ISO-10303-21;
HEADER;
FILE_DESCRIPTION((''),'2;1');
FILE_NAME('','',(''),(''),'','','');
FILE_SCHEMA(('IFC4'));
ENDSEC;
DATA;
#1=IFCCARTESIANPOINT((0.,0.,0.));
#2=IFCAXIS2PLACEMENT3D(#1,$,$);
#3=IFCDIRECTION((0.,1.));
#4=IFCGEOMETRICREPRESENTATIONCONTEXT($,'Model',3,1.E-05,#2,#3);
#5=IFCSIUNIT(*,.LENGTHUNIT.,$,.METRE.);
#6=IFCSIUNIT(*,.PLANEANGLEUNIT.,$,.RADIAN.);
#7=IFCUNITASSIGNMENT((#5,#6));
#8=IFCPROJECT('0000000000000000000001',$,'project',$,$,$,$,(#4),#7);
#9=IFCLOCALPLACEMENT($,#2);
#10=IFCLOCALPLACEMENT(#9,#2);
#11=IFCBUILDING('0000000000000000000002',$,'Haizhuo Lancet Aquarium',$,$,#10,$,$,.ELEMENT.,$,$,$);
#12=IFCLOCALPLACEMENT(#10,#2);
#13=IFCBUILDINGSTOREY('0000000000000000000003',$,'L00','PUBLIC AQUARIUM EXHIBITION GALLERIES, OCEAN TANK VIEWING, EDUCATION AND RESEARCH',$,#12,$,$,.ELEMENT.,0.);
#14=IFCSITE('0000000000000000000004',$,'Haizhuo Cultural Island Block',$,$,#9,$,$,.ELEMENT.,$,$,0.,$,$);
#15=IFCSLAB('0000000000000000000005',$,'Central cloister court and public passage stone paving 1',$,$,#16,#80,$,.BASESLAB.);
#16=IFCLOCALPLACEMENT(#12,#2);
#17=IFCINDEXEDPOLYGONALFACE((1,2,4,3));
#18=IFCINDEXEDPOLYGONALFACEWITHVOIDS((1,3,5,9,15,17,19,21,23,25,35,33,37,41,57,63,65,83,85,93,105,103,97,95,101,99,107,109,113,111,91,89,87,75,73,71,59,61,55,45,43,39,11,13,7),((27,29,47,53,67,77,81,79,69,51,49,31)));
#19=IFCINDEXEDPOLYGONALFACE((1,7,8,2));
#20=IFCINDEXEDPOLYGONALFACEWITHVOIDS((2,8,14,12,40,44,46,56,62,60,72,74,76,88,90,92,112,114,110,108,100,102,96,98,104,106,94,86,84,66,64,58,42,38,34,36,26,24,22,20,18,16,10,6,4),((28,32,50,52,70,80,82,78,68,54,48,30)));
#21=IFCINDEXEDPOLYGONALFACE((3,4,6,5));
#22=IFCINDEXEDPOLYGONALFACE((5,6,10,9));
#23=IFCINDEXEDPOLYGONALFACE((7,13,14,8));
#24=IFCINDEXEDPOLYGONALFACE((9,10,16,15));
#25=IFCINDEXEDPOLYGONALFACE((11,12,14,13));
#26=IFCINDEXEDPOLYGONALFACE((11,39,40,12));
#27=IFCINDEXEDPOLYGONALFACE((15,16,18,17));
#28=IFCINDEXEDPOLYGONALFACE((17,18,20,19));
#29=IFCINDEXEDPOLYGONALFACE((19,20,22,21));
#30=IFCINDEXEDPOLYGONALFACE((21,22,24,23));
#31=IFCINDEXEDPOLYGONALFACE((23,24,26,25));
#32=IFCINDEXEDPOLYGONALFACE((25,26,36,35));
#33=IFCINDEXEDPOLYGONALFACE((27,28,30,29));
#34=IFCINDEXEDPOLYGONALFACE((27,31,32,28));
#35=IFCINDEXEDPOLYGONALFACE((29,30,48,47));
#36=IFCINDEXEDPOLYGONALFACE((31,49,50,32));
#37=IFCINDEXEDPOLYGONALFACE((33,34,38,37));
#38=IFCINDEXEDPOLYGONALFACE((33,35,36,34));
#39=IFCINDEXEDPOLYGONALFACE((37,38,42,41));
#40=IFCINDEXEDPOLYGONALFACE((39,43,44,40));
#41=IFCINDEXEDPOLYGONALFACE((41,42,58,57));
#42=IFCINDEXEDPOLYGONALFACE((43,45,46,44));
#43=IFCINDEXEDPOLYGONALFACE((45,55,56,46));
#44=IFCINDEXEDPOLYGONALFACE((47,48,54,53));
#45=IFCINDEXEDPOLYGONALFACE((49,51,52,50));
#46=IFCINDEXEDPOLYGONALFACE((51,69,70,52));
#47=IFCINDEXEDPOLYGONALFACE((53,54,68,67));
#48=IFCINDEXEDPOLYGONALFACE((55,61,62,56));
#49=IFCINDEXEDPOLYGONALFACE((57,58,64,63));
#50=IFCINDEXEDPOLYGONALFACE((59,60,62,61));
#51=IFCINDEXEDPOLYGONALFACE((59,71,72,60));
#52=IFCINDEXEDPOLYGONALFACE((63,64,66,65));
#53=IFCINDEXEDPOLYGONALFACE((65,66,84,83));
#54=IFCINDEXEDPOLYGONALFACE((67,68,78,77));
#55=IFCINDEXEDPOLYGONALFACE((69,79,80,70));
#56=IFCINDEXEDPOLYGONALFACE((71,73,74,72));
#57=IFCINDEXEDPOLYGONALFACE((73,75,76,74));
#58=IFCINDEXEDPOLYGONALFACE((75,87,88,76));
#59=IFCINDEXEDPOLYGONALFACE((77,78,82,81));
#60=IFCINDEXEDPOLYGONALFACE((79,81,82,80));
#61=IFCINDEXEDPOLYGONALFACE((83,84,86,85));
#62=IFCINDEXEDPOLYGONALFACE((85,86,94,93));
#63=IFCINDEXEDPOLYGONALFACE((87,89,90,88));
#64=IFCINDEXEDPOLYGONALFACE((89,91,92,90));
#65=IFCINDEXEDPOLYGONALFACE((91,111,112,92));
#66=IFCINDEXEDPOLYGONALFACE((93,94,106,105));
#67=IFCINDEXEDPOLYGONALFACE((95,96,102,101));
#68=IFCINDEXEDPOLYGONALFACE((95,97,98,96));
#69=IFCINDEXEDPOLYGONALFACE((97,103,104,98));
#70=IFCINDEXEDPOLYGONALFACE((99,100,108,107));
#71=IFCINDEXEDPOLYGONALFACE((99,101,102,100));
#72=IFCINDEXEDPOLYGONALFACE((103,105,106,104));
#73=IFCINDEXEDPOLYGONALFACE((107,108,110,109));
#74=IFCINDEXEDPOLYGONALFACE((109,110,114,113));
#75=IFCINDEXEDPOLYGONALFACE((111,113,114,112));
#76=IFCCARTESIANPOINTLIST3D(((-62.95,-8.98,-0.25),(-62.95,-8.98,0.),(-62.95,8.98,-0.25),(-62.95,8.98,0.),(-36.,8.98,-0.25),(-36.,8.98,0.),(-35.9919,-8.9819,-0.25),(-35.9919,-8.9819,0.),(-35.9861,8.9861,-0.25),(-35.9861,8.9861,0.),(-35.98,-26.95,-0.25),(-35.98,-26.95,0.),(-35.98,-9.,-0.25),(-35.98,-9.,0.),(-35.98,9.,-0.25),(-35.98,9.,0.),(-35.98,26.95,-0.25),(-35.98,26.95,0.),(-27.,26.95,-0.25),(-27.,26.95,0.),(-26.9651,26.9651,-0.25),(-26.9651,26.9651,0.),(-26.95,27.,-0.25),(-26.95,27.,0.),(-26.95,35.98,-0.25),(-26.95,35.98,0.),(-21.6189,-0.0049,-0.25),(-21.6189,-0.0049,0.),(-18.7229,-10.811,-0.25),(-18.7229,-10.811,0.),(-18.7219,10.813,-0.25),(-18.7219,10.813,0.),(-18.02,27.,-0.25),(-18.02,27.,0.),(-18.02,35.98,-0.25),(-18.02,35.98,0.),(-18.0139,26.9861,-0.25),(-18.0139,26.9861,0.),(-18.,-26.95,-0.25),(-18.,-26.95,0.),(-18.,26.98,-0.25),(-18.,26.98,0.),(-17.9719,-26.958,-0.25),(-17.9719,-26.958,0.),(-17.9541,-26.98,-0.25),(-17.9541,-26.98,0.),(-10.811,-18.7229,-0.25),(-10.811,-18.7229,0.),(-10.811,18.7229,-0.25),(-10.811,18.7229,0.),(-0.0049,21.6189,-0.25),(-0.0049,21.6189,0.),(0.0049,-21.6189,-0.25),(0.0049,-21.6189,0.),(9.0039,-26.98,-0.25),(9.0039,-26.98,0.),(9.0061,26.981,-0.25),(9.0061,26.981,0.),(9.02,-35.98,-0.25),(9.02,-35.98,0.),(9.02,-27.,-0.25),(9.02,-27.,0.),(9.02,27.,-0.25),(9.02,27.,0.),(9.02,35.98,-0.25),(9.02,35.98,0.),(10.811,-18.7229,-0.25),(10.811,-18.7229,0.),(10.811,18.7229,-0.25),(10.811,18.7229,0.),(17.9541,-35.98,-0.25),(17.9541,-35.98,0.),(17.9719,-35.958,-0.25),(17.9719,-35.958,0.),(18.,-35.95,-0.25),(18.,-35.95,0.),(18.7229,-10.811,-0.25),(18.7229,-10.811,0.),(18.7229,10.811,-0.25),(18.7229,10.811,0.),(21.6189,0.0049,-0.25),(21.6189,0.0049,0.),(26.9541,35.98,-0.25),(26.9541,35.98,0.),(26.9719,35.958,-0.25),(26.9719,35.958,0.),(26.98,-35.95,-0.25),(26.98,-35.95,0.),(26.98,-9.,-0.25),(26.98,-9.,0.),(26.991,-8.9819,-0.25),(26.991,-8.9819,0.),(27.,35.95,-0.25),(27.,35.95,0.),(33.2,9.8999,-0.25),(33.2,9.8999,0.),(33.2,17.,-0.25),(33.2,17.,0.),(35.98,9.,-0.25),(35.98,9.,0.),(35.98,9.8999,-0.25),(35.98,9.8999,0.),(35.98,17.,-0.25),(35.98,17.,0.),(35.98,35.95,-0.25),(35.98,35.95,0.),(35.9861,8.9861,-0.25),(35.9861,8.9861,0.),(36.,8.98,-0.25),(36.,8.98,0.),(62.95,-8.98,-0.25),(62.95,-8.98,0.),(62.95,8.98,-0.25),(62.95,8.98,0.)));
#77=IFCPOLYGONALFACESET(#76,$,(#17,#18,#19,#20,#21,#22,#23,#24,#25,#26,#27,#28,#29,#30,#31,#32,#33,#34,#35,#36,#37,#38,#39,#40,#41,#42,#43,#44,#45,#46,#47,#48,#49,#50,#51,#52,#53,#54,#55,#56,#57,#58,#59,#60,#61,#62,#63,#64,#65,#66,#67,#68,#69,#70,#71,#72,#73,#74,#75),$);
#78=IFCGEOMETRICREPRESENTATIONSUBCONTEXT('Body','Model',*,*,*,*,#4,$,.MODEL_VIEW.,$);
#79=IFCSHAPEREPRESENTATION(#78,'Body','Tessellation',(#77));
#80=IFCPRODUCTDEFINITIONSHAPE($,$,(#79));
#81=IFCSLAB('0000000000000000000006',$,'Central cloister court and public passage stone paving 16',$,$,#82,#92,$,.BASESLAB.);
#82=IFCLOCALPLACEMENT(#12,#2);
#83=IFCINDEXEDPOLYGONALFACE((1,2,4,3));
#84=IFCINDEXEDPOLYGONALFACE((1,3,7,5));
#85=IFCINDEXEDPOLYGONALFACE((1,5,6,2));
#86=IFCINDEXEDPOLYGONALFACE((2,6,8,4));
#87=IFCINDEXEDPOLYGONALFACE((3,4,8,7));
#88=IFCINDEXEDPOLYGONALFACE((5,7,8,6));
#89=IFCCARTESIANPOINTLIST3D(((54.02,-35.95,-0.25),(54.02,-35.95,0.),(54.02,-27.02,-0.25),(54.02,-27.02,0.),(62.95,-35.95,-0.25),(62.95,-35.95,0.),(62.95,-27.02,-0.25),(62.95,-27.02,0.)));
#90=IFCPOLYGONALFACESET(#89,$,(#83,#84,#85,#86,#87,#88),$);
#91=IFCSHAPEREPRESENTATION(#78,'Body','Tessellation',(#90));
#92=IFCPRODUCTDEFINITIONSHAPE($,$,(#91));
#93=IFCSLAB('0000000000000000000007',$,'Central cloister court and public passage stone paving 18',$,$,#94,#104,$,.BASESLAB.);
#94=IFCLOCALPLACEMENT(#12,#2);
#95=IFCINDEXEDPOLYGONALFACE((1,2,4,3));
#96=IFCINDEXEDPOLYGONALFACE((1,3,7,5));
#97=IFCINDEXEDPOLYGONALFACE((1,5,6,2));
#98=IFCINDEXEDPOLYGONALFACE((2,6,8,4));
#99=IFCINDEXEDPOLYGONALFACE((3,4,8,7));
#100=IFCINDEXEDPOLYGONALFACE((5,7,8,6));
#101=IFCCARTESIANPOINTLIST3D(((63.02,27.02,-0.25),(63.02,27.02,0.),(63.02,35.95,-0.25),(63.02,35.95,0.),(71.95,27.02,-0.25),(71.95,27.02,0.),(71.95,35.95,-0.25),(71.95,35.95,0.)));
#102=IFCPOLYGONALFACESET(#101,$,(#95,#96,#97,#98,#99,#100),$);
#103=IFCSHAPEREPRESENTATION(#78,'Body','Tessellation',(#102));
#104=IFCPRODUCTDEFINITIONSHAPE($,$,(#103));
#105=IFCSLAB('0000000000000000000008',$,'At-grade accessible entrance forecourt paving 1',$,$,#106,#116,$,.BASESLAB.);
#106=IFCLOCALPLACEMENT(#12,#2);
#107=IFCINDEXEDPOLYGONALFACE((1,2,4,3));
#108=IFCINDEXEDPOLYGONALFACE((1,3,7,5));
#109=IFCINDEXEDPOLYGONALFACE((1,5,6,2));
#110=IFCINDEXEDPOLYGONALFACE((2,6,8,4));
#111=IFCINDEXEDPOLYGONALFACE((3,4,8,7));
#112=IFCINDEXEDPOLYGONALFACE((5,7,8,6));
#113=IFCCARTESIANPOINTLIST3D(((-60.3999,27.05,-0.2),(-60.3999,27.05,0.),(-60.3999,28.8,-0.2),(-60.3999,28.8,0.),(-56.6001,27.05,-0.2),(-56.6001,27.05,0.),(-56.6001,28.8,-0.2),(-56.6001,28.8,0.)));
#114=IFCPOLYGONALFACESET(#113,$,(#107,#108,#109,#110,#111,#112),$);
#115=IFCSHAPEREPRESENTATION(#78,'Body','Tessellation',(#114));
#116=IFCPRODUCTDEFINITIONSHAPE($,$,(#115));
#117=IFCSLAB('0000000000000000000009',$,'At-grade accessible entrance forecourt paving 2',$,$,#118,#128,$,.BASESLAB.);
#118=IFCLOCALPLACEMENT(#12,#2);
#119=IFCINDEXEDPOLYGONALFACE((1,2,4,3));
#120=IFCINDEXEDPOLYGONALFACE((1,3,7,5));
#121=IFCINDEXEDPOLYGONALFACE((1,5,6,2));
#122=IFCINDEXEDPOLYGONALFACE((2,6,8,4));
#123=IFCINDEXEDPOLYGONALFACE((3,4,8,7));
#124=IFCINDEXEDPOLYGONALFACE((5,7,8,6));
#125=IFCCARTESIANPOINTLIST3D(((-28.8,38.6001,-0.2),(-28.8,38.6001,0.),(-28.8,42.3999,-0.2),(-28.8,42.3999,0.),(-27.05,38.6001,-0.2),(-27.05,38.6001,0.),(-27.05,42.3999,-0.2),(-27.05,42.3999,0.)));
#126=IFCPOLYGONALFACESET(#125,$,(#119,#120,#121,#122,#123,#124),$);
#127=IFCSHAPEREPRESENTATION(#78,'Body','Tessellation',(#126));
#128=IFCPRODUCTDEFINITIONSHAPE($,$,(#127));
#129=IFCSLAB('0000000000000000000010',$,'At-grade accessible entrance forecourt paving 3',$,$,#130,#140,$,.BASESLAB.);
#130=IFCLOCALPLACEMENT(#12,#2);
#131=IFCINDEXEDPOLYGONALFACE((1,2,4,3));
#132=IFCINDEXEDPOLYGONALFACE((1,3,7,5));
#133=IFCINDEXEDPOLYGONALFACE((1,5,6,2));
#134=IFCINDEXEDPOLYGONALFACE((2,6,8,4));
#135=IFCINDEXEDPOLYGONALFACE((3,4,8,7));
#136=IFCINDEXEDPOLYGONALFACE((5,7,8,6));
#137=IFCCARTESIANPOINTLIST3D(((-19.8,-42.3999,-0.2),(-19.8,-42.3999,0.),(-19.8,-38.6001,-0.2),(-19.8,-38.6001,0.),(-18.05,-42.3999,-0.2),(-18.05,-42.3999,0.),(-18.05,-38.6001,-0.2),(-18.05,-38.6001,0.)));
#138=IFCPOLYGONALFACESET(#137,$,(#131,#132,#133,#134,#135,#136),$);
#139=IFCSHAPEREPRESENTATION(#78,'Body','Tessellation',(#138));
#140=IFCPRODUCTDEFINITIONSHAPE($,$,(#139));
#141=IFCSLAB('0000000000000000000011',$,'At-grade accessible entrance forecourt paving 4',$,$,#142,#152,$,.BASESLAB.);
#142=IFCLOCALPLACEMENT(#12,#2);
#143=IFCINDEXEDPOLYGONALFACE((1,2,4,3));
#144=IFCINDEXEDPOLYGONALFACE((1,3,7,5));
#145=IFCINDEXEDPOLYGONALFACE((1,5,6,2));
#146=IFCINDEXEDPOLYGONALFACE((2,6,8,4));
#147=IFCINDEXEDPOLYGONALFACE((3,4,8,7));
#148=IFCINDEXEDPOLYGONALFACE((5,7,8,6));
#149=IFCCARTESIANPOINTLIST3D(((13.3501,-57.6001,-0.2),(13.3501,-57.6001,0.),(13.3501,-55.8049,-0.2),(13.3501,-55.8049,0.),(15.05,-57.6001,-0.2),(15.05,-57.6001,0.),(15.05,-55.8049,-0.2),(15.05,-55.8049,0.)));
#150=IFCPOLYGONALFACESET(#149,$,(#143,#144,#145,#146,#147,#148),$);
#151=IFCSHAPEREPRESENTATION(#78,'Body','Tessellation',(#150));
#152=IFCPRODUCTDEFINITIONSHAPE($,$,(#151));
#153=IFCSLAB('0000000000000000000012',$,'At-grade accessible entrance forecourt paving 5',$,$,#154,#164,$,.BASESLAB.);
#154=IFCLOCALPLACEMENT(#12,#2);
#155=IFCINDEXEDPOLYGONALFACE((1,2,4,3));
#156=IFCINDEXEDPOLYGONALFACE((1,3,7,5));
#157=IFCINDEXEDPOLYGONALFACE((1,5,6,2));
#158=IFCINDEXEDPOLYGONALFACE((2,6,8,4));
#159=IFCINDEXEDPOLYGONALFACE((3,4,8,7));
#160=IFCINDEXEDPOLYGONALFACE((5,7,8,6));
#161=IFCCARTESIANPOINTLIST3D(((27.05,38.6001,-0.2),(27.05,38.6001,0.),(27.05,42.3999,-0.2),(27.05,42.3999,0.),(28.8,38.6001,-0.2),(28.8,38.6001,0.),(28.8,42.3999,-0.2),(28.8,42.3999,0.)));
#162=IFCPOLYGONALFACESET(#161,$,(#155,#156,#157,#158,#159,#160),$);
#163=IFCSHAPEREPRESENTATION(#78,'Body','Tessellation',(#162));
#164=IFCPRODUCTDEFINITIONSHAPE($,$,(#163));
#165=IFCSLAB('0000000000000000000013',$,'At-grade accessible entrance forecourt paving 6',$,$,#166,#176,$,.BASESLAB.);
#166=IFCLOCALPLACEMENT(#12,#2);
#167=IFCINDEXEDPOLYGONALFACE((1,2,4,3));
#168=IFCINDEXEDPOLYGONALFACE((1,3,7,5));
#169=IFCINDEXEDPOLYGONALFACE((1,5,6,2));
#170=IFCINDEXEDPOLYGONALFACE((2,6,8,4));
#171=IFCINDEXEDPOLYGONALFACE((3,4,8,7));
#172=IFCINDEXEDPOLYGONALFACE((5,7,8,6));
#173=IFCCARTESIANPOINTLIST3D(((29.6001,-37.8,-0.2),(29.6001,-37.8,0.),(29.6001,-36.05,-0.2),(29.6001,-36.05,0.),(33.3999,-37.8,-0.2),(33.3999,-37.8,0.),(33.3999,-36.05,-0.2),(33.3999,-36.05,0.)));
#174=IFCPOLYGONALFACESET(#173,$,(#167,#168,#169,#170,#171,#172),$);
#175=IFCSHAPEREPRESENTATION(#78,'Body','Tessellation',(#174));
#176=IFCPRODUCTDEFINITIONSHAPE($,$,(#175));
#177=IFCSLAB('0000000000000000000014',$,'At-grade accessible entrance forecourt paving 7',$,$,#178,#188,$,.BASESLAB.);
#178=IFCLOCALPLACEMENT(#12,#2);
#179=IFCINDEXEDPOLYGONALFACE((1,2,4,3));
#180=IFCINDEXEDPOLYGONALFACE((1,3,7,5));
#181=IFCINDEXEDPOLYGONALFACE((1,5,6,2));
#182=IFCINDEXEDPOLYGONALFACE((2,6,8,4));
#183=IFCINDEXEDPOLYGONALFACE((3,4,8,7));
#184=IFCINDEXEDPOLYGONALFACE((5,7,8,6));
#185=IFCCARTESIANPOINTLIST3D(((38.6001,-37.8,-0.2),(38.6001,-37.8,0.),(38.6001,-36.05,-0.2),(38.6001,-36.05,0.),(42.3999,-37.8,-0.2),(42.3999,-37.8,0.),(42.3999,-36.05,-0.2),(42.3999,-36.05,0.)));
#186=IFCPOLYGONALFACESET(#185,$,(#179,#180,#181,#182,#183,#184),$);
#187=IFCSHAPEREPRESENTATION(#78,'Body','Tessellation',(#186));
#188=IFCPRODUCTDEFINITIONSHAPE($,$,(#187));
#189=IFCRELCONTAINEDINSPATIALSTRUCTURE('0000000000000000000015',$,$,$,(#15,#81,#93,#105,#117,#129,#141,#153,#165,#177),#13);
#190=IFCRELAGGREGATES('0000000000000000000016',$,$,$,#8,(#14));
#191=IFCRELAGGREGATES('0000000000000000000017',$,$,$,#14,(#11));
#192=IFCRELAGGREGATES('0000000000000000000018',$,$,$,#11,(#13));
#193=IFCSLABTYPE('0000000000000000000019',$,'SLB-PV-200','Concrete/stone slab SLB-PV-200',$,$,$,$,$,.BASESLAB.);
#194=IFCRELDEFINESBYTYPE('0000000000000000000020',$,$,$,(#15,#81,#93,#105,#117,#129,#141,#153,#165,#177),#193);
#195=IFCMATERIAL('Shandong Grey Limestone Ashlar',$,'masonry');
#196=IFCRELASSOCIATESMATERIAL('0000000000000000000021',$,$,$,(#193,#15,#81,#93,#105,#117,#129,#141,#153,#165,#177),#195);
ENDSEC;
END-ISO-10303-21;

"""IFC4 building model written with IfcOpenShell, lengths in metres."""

from ifc_helpers import new_model, si_unit, direction, frame, origin, place, context, subcontext, project, spatial, polyline, outline, extrude, material, type_object, element, save


model = new_model("IFC4")

# Units and contexts
model_context = context("Model", 3, precision=1e-05, world=origin(), true_north=direction((0.0, 1.0)))
body_context = subcontext(model_context, "Body", "Model", "MODEL_VIEW")
ifc_project = project(units=[si_unit("LENGTHUNIT", "METRE"), si_unit("PLANEANGLEUNIT", "RADIAN")], contexts=[model_context])

# Site, building, storey
site_placement = place(None, origin())
site = spatial("IfcSite", under=ifc_project, at=site_placement, Name="Haizhuo Cultural Island Block", CompositionType="ELEMENT", RefElevation=0.0)
building_placement = place(site_placement, origin())
building = spatial("IfcBuilding", under=site, at=building_placement, Name="Haizhuo Lancet Aquarium", CompositionType="ELEMENT")
storey_placement = place(building_placement, origin())
storey = spatial("IfcBuildingStorey", under=building, at=storey_placement, Name="L00", Description="PUBLIC AQUARIUM EXHIBITION GALLERIES, OCEAN TANK VIEWING, EDUCATION AND RESEARCH", CompositionType="ELEMENT", Elevation=0.0)

# Slabs
ifc_material_1 = material(Name="Shandong Grey Limestone Ashlar", Category="masonry")
slab_type_1 = type_object("IfcSlabType", Name="SLB-PV-200", Description="Concrete/stone slab SLB-PV-200", PredefinedType="BASESLAB", material=ifc_material_1)
slab_1_placement = place(storey_placement, frame((0.0, 0.0, -0.25)))
element("IfcSlab", 1, at=slab_1_placement, inside=storey, type_object=slab_type_1, material=ifc_material_1, Name="Central cloister court and public passage stone paving 1", PredefinedType="BASESLAB", context=body_context, shape_type="SweptSolid", body=[
    extrude(outline(polyline([(-62.95, 8.98), (-62.95, -8.98), (-35.9919, -8.9819), (-35.98, -9.0), (-35.98, -26.95), (-18.0, -26.95), (-17.9719, -26.958), (-17.9541, -26.98), (9.0039, -26.98), (9.02, -27.0), (9.02, -35.98), (17.9541, -35.98), (17.9719, -35.958), (18.0, -35.95), (26.98, -35.95), (26.98, -9.0), (26.991, -8.9819), (62.95, -8.98), (62.95, 8.98), (36.0, 8.98), (35.9861, 8.9861), (35.98, 9.0), (35.98, 9.8999), (33.2, 9.8999), (33.2, 17.0), (35.98, 17.0), (35.98, 35.95), (27.0, 35.95), (26.9719, 35.958), (26.9541, 35.98), (9.02, 35.98), (9.02, 27.0), (9.0061, 26.981), (-18.0, 26.98), (-18.0139, 26.9861), (-18.02, 27.0), (-18.02, 35.98), (-26.95, 35.98), (-26.95, 27.0), (-26.9651, 26.9651), (-27.0, 26.95), (-35.98, 26.95), (-35.98, 9.0), (-35.9861, 8.9861), (-36.0, 8.98), (-62.95, 8.98)]), holes=[polyline([(-10.811, 18.7229), (-0.0049, 21.6189), (10.811, 18.7229), (18.7229, 10.811), (21.6189, 0.0049), (18.7229, -10.811), (10.811, -18.7229), (0.0049, -21.6189), (-10.811, -18.7229), (-18.7229, -10.811), (-21.6189, -0.0049), (-18.7219, 10.813), (-10.811, 18.7229)])]), origin(), (0.0, 0.0, 1.0), 0.25),
])
slab_2_placement = place(storey_placement, frame((0.0, 0.0, -0.25)))
element("IfcSlab", 2, at=slab_2_placement, inside=storey, type_object=slab_type_1, material=ifc_material_1, Name="Central cloister court and public passage stone paving 16", PredefinedType="BASESLAB", context=body_context, shape_type="SweptSolid", body=[
    extrude(outline(polyline([(62.95, -35.95), (62.95, -27.02), (54.02, -27.02), (54.02, -35.95), (62.95, -35.95)])), origin(), (0.0, 0.0, 1.0), 0.25),
])
slab_3_placement = place(storey_placement, frame((0.0, 0.0, -0.25)))
element("IfcSlab", 3, at=slab_3_placement, inside=storey, type_object=slab_type_1, material=ifc_material_1, Name="Central cloister court and public passage stone paving 18", PredefinedType="BASESLAB", context=body_context, shape_type="SweptSolid", body=[
    extrude(outline(polyline([(71.95, 35.95), (63.02, 35.95), (63.02, 27.02), (71.95, 27.02), (71.95, 35.95)])), origin(), (0.0, 0.0, 1.0), 0.25),
])
slab_4_placement = place(storey_placement, frame((0.0, 0.0, -0.2)))
element("IfcSlab", 4, at=slab_4_placement, inside=storey, type_object=slab_type_1, material=ifc_material_1, Name="At-grade accessible entrance forecourt paving 1", PredefinedType="BASESLAB", context=body_context, shape_type="SweptSolid", body=[
    extrude(outline(polyline([(-60.3999, 28.8), (-60.3999, 27.05), (-56.6001, 27.05), (-56.6001, 28.8), (-60.3999, 28.8)])), origin(), (0.0, 0.0, 1.0), 0.2),
])
slab_5_placement = place(storey_placement, frame((0.0, 0.0, -0.2)))
element("IfcSlab", 5, at=slab_5_placement, inside=storey, type_object=slab_type_1, material=ifc_material_1, Name="At-grade accessible entrance forecourt paving 2", PredefinedType="BASESLAB", context=body_context, shape_type="SweptSolid", body=[
    extrude(outline(polyline([(-27.05, 42.3999), (-28.8, 42.3999), (-28.8, 38.6001), (-27.05, 38.6001), (-27.05, 42.3999)])), origin(), (0.0, 0.0, 1.0), 0.2),
])
slab_6_placement = place(storey_placement, frame((0.0, 0.0, -0.2)))
element("IfcSlab", 6, at=slab_6_placement, inside=storey, type_object=slab_type_1, material=ifc_material_1, Name="At-grade accessible entrance forecourt paving 3", PredefinedType="BASESLAB", context=body_context, shape_type="SweptSolid", body=[
    extrude(outline(polyline([(-19.8, -42.3999), (-18.05, -42.3999), (-18.05, -38.6001), (-19.8, -38.6001), (-19.8, -42.3999)])), origin(), (0.0, 0.0, 1.0), 0.2),
])
slab_7_placement = place(storey_placement, frame((0.0, 0.0, -0.2)))
element("IfcSlab", 7, at=slab_7_placement, inside=storey, type_object=slab_type_1, material=ifc_material_1, Name="At-grade accessible entrance forecourt paving 4", PredefinedType="BASESLAB", context=body_context, shape_type="SweptSolid", body=[
    extrude(outline(polyline([(13.3501, -55.8049), (13.3501, -57.6001), (15.05, -57.6001), (15.05, -55.8049), (13.3501, -55.8049)])), origin(), (0.0, 0.0, 1.0), 0.2),
])
slab_8_placement = place(storey_placement, frame((0.0, 0.0, -0.2)))
element("IfcSlab", 8, at=slab_8_placement, inside=storey, type_object=slab_type_1, material=ifc_material_1, Name="At-grade accessible entrance forecourt paving 5", PredefinedType="BASESLAB", context=body_context, shape_type="SweptSolid", body=[
    extrude(outline(polyline([(28.8, 42.3999), (27.05, 42.3999), (27.05, 38.6001), (28.8, 38.6001), (28.8, 42.3999)])), origin(), (0.0, 0.0, 1.0), 0.2),
])
slab_9_placement = place(storey_placement, frame((0.0, 0.0, -0.2)))
element("IfcSlab", 9, at=slab_9_placement, inside=storey, type_object=slab_type_1, material=ifc_material_1, Name="At-grade accessible entrance forecourt paving 6", PredefinedType="BASESLAB", context=body_context, shape_type="SweptSolid", body=[
    extrude(outline(polyline([(33.3999, -37.8), (33.3999, -36.05), (29.6001, -36.05), (29.6001, -37.8), (33.3999, -37.8)])), origin(), (0.0, 0.0, 1.0), 0.2),
])
slab_10_placement = place(storey_placement, frame((0.0, 0.0, -0.2)))
element("IfcSlab", 10, at=slab_10_placement, inside=storey, type_object=slab_type_1, material=ifc_material_1, Name="At-grade accessible entrance forecourt paving 7", PredefinedType="BASESLAB", context=body_context, shape_type="SweptSolid", body=[
    extrude(outline(polyline([(42.3999, -37.8), (42.3999, -36.05), (38.6001, -36.05), (38.6001, -37.8), (42.3999, -37.8)])), origin(), (0.0, 0.0, 1.0), 0.2),
])

save(model, "model.ifc")
